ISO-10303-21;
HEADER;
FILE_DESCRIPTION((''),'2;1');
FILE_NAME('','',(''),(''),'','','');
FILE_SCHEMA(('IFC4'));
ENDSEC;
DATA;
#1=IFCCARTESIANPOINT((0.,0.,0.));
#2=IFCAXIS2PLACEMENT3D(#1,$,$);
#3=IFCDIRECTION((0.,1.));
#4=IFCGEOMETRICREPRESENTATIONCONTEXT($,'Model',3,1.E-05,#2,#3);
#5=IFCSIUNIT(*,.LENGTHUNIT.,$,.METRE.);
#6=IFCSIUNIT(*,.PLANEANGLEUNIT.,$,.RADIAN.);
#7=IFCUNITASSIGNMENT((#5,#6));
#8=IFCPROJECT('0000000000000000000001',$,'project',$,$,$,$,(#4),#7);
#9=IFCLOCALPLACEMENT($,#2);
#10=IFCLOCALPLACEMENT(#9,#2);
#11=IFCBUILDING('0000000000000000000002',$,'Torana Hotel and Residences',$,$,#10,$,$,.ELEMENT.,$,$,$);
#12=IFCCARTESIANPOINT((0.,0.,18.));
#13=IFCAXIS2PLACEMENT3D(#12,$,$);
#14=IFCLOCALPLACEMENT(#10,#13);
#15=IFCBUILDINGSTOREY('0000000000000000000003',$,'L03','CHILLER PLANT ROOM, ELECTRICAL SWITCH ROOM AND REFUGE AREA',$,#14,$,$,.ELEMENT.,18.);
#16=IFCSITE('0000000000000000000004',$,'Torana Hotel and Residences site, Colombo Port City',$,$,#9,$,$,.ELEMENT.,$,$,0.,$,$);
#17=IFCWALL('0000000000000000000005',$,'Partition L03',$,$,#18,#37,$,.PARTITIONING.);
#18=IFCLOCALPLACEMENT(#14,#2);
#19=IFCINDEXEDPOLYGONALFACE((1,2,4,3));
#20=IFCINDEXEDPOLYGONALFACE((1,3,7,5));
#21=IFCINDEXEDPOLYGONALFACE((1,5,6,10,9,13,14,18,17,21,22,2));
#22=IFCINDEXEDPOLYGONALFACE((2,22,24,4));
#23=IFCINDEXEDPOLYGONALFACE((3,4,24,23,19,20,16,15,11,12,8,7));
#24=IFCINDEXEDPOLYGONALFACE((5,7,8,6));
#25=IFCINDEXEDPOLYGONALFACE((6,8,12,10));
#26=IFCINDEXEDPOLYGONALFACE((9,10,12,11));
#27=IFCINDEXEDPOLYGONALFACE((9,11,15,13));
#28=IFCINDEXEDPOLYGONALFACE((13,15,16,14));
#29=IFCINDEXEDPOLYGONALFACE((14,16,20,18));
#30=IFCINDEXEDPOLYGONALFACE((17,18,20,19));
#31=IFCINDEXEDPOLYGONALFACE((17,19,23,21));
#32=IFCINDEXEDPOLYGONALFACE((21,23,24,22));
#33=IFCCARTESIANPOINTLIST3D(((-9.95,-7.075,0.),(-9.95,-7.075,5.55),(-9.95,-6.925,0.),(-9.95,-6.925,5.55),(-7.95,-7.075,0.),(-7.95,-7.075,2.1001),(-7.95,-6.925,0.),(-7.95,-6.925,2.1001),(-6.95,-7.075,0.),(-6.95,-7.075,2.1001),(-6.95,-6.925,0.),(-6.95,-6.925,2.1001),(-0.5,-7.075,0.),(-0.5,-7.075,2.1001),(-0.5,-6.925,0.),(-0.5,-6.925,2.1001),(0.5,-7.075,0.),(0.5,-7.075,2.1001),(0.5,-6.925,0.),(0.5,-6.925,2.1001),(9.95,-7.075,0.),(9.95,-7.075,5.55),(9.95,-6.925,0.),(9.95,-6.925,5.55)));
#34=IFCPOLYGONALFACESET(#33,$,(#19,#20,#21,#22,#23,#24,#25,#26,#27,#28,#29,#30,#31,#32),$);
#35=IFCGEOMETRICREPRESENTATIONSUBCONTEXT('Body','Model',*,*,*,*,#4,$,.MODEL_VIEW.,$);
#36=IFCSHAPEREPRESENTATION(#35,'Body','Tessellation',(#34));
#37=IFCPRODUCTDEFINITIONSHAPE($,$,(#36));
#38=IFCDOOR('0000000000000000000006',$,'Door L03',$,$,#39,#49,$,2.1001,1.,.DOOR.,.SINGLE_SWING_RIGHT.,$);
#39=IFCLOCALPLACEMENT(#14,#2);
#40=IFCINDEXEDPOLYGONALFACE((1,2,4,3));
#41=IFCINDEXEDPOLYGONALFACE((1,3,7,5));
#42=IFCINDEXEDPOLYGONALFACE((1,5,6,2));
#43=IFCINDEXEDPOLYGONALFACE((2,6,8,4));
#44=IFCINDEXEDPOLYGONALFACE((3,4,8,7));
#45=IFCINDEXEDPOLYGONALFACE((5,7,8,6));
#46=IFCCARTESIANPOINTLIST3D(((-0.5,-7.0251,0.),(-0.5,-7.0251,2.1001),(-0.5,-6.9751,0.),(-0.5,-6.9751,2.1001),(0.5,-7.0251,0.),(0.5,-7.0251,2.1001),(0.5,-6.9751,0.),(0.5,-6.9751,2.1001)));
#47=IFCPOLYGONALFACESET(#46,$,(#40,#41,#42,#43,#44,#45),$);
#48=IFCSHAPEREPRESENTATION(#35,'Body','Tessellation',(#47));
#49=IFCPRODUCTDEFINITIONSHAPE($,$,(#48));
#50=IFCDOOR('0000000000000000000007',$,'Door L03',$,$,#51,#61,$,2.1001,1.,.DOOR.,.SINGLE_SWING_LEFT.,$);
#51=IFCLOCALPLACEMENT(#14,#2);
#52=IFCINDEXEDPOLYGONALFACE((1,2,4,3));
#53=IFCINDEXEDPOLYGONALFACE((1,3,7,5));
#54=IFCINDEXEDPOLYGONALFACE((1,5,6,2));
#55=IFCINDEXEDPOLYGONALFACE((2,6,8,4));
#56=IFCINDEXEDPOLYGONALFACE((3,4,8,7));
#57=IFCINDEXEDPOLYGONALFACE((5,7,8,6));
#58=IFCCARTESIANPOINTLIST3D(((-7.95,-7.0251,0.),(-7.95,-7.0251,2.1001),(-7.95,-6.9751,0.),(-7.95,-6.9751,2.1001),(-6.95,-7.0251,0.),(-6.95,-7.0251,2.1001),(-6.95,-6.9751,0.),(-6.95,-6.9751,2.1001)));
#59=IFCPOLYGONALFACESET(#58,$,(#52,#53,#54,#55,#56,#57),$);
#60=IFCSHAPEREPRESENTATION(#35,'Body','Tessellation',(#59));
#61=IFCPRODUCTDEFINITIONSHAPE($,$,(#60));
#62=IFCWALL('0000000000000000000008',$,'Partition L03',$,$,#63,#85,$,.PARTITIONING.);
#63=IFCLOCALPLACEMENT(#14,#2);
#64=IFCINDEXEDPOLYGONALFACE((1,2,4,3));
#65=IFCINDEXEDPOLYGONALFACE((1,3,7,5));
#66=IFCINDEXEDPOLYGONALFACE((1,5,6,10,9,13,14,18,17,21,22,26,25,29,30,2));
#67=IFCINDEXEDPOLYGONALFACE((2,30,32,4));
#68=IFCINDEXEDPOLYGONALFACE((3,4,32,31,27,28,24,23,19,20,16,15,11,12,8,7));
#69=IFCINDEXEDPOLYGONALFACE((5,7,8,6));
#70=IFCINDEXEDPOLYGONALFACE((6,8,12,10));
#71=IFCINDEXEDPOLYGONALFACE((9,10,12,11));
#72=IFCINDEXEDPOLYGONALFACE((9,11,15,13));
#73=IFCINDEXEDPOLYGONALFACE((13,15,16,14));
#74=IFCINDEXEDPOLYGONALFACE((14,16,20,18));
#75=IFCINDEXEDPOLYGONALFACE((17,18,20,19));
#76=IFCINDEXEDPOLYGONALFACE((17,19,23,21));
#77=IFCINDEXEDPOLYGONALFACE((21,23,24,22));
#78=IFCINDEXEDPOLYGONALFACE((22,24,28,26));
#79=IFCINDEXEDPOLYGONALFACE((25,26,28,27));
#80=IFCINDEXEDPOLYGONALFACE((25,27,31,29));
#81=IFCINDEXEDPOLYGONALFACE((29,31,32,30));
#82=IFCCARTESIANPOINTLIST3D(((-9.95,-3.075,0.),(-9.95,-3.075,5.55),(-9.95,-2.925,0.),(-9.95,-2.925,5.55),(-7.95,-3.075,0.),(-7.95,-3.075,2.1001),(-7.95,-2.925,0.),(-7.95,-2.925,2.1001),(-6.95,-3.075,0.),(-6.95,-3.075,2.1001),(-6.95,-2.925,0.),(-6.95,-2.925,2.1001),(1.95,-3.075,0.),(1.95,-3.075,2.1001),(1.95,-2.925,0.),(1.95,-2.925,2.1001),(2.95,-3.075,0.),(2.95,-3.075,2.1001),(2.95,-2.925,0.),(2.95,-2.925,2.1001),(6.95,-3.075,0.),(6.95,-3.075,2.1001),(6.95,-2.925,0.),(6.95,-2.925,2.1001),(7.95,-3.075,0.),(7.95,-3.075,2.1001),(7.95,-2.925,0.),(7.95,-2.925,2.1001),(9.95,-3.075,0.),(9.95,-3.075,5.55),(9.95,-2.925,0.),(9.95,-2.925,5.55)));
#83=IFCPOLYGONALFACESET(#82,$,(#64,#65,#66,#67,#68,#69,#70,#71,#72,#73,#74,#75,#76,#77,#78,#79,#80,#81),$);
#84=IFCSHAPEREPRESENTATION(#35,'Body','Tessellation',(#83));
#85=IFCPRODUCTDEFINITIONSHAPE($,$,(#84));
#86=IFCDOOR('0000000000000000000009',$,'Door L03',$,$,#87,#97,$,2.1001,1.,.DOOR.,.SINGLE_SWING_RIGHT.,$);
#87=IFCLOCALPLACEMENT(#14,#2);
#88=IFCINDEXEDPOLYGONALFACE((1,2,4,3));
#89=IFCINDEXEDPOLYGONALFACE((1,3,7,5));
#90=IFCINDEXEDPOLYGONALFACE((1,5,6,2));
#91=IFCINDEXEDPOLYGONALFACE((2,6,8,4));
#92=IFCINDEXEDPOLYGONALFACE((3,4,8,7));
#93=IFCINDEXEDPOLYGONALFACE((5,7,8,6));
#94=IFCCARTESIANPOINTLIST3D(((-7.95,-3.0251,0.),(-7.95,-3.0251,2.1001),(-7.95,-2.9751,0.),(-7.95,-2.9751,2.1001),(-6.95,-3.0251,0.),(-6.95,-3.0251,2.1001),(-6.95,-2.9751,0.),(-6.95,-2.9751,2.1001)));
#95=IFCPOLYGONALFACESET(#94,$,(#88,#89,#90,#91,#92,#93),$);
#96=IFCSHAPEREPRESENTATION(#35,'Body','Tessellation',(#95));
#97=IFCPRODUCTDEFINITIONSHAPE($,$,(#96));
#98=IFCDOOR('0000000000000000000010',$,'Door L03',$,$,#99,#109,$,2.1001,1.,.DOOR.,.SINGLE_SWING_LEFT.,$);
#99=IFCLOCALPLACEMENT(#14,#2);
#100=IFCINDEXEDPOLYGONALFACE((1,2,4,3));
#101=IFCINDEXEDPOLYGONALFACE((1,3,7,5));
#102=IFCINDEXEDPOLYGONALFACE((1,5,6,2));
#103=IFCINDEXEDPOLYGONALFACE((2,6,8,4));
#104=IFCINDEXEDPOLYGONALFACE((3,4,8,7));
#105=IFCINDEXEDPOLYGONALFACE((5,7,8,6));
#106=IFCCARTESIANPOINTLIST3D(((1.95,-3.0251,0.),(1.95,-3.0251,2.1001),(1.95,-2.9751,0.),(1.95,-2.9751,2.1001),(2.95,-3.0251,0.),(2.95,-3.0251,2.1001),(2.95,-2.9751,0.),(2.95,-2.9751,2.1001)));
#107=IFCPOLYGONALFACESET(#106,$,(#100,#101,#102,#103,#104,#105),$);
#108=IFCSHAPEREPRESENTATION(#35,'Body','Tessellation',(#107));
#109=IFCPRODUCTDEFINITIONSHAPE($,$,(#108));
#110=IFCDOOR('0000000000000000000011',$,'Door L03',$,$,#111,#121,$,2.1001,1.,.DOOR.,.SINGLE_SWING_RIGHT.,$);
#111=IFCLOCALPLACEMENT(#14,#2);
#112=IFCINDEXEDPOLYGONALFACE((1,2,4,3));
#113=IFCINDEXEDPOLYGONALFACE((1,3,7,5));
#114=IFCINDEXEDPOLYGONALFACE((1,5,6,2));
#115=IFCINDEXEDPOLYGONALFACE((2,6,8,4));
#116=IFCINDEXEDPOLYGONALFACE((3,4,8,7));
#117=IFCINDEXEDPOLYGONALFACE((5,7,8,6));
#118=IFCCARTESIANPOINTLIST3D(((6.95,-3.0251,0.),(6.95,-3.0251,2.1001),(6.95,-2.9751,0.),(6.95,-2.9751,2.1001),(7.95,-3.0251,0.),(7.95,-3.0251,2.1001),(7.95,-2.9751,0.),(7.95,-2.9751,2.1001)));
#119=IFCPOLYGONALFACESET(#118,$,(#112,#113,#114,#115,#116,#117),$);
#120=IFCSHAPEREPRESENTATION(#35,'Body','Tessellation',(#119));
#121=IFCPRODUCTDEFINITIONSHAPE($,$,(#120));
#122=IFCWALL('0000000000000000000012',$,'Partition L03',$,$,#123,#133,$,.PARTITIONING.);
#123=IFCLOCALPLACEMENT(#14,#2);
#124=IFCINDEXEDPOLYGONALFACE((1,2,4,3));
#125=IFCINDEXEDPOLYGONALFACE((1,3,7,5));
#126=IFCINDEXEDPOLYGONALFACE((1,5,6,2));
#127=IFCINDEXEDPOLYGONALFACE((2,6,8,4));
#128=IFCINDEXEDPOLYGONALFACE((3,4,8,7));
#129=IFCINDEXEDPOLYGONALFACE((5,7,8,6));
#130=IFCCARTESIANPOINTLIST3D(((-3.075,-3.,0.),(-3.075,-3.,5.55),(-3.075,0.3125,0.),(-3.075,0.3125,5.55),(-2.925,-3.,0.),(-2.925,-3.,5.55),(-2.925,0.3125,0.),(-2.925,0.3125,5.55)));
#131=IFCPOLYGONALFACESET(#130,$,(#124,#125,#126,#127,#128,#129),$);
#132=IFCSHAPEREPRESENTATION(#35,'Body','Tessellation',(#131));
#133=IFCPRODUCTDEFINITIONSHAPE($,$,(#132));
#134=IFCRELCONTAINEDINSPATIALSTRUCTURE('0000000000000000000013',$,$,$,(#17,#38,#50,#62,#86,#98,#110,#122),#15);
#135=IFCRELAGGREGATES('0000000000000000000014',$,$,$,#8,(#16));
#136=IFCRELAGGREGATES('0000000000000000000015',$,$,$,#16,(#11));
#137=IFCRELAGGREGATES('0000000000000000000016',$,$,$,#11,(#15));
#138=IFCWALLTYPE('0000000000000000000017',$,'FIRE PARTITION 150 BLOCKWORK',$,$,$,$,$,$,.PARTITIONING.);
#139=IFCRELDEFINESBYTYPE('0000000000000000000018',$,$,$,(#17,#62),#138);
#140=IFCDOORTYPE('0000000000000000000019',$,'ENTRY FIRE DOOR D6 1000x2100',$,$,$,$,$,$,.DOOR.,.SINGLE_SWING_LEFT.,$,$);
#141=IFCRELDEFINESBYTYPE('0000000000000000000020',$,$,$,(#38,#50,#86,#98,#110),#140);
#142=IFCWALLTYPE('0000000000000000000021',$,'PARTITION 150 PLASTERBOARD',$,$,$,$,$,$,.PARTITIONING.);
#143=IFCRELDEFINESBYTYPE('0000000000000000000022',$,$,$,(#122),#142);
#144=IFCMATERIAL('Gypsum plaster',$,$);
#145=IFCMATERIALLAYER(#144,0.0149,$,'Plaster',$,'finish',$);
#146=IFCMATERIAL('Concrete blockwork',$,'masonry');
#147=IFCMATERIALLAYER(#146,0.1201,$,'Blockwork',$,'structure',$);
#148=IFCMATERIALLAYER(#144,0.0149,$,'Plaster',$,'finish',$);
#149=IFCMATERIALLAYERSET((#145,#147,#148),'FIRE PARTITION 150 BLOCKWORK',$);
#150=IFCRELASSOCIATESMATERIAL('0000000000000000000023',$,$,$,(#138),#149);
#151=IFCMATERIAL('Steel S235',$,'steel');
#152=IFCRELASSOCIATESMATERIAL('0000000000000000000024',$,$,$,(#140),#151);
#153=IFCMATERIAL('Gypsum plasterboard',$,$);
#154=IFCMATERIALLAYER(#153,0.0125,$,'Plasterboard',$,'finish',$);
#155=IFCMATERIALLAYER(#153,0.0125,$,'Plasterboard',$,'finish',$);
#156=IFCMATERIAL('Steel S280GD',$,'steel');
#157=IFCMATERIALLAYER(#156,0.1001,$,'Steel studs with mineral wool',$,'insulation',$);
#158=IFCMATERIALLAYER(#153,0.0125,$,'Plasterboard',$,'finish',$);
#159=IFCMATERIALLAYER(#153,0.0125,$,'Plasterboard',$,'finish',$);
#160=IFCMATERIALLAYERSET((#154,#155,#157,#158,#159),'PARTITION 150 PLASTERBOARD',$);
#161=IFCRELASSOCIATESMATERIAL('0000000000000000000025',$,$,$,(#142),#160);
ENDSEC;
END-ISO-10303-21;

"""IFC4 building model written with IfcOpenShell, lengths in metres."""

from ifc_helpers import new_model, si_unit, direction, frame, frame_2d, origin, place, context, subcontext, project, spatial, rectangle, extrude, material, layer, layer_set, type_object, element, fill, save


model = new_model("IFC4")

# Units and contexts
model_context = context("Model", 3, precision=1e-05, world=origin(), true_north=direction((0.0, 1.0)))
body_context = subcontext(model_context, "Body", "Model", "MODEL_VIEW")
ifc_project = project(units=[si_unit("LENGTHUNIT", "METRE"), si_unit("PLANEANGLEUNIT", "RADIAN")], contexts=[model_context])

# Site, building, storey
site_placement = place(None, origin())
site = spatial("IfcSite", under=ifc_project, at=site_placement, Name="Torana Hotel and Residences site, Colombo Port City", CompositionType="ELEMENT", RefElevation=0.0)
building_placement = place(site_placement, origin())
building = spatial("IfcBuilding", under=site, at=building_placement, Name="Torana Hotel and Residences", CompositionType="ELEMENT")
storey_placement = place(building_placement, frame((0.0, 0.0, 18.0)))
storey = spatial("IfcBuildingStorey", under=building, at=storey_placement, Name="L03", Description="CHILLER PLANT ROOM, ELECTRICAL SWITCH ROOM AND REFUGE AREA", CompositionType="ELEMENT", Elevation=18.0)

# Walls, openings, doors
ifc_material_1 = material(Name="Gypsum plaster")
ifc_layer_1 = layer(ifc_material_1, 0.0149, Name="Plaster", Category="finish")
ifc_material_2 = material(Name="Concrete blockwork", Category="masonry")
ifc_layer_2 = layer(ifc_material_2, 0.1201, Name="Blockwork", Category="structure")
ifc_layer_3 = layer(ifc_material_1, 0.0149, Name="Plaster", Category="finish")
ifc_layer_set_1 = layer_set([ifc_layer_1, ifc_layer_2, ifc_layer_3], Name="FIRE PARTITION 150 BLOCKWORK")
wall_type_1 = type_object("IfcWallType", Name="FIRE PARTITION 150 BLOCKWORK", PredefinedType="PARTITIONING", material=ifc_layer_set_1)
wall_1_placement = place(storey_placement, frame((-9.95, -7.0, 0.0), z_axis=(0.0, 0.0, 1.0), x_axis=(1.0, 0.0, 0.0)))
wall_1 = element("IfcWall", 1, at=wall_1_placement, inside=storey, type_object=wall_type_1, Name="Partition L03", PredefinedType="PARTITIONING", context=body_context, shape_type="SweptSolid", body=[
    extrude(rectangle(XDim=19.8999, YDim=0.1499, at=frame_2d((9.95, 0.0))), origin(), (0.0, 0.0, 1.0), 5.55),
])
opening_1_placement = place(wall_1_placement, frame((9.45, 0.0, 0.0)))
opening_1 = element("IfcOpeningElement", 2, at=opening_1_placement, cuts=wall_1, PredefinedType="OPENING", context=body_context, shape_type="SweptSolid", body=[
    extrude(rectangle(XDim=1.0, YDim=2.1001, at=frame_2d((0.5, 1.05))), frame((0.0, 0.085, 0.0), z_axis=(0.0, -1.0, 0.0), x_axis=(1.0, 0.0, 0.0)), (0.0, 0.0, 1.0), 0.1699),
])
opening_2_placement = place(wall_1_placement, frame((2.0, 0.0, 0.0)))
opening_2 = element("IfcOpeningElement", 3, at=opening_2_placement, cuts=wall_1, PredefinedType="OPENING", context=body_context, shape_type="SweptSolid", body=[
    extrude(rectangle(XDim=1.0, YDim=2.1001, at=frame_2d((0.5, 1.05))), frame((0.0, 0.085, 0.0), z_axis=(0.0, -1.0, 0.0), x_axis=(1.0, 0.0, 0.0)), (0.0, 0.0, 1.0), 0.1699),
])
ifc_material_3 = material(Name="Steel S235", Category="steel")
door_type = type_object("IfcDoorType", Name="ENTRY FIRE DOOR D6 1000x2100", OperationType="SINGLE_SWING_LEFT", PredefinedType="DOOR", material=ifc_material_3)
door_1_placement = place(opening_1_placement, origin())
door_1 = element("IfcDoor", 4, at=door_1_placement, inside=storey, type_object=door_type, Name="Door L03", OperationType="SINGLE_SWING_RIGHT", OverallHeight=2.1001, OverallWidth=1.0, PredefinedType="DOOR", context=body_context, shape_type="SweptSolid", body=[
    extrude(rectangle(XDim=1.0, YDim=2.1001, at=frame_2d((0.5, 1.05))), frame((0.0, 0.0249, 0.0), z_axis=(0.0, -1.0, 0.0), x_axis=(1.0, 0.0, 0.0)), (0.0, 0.0, 1.0), 0.05),
])
fill(opening_1, door_1)
door_2_placement = place(opening_2_placement, frame((0.5, 0.0, 0.0), z_axis=(0.0, 0.0, 1.0), x_axis=(-1.0, 0.0, 0.0)))
door_2 = element("IfcDoor", 5, at=door_2_placement, inside=storey, type_object=door_type, Name="Door L03", OperationType="SINGLE_SWING_LEFT", OverallHeight=2.1001, OverallWidth=1.0, PredefinedType="DOOR", context=body_context, shape_type="SweptSolid", body=[
    extrude(rectangle(XDim=1.0, YDim=2.1001, at=frame_2d((0.0, 1.05))), frame((0.0, -0.0249, 0.0), z_axis=(0.0, 1.0, 0.0), x_axis=(-1.0, 0.0, 0.0)), (0.0, 0.0, 1.0), 0.05),
])
fill(opening_2, door_2)
wall_2_placement = place(storey_placement, frame((-9.95, -3.0, 0.0), z_axis=(0.0, 0.0, 1.0), x_axis=(1.0, 0.0, 0.0)))
wall_2 = element("IfcWall", 6, at=wall_2_placement, inside=storey, type_object=wall_type_1, Name="Partition L03", PredefinedType="PARTITIONING", context=body_context, shape_type="SweptSolid", body=[
    extrude(rectangle(XDim=19.8999, YDim=0.1499, at=frame_2d((9.95, 0.0))), origin(), (0.0, 0.0, 1.0), 5.55),
])
opening_3_placement = place(wall_2_placement, frame((2.0, 0.0, 0.0)))
opening_3 = element("IfcOpeningElement", 7, at=opening_3_placement, cuts=wall_2, PredefinedType="OPENING", context=body_context, shape_type="SweptSolid", body=[
    extrude(rectangle(XDim=1.0, YDim=2.1001, at=frame_2d((0.5, 1.05))), frame((0.0, 0.085, 0.0), z_axis=(0.0, -1.0, 0.0), x_axis=(1.0, 0.0, 0.0)), (0.0, 0.0, 1.0), 0.1699),
])
opening_4_placement = place(wall_2_placement, frame((11.8999, 0.0, 0.0)))
opening_4 = element("IfcOpeningElement", 8, at=opening_4_placement, cuts=wall_2, PredefinedType="OPENING", context=body_context, shape_type="SweptSolid", body=[
    extrude(rectangle(XDim=1.0, YDim=2.1001, at=frame_2d((0.5, 1.05))), frame((0.0, 0.085, 0.0), z_axis=(0.0, -1.0, 0.0), x_axis=(1.0, 0.0, 0.0)), (0.0, 0.0, 1.0), 0.1699),
])
opening_5_placement = place(wall_2_placement, frame((16.8999, 0.0, 0.0)))
opening_5 = element("IfcOpeningElement", 9, at=opening_5_placement, cuts=wall_2, PredefinedType="OPENING", context=body_context, shape_type="SweptSolid", body=[
    extrude(rectangle(XDim=1.0, YDim=2.1001, at=frame_2d((0.5, 1.05))), frame((0.0, 0.085, 0.0), z_axis=(0.0, -1.0, 0.0), x_axis=(1.0, 0.0, 0.0)), (0.0, 0.0, 1.0), 0.1699),
])
door_3_placement = place(opening_3_placement, origin())
door_3 = element("IfcDoor", 10, at=door_3_placement, inside=storey, type_object=door_type, Name="Door L03", OperationType="SINGLE_SWING_RIGHT", OverallHeight=2.1001, OverallWidth=1.0, PredefinedType="DOOR", context=body_context, shape_type="SweptSolid", body=[
    extrude(rectangle(XDim=1.0, YDim=2.1001, at=frame_2d((0.5, 1.05))), frame((0.0, 0.0249, 0.0), z_axis=(0.0, -1.0, 0.0), x_axis=(1.0, 0.0, 0.0)), (0.0, 0.0, 1.0), 0.05),
])
fill(opening_3, door_3)
door_4_placement = place(opening_4_placement, origin())
door_4 = element("IfcDoor", 11, at=door_4_placement, inside=storey, type_object=door_type, Name="Door L03", OperationType="SINGLE_SWING_LEFT", OverallHeight=2.1001, OverallWidth=1.0, PredefinedType="DOOR", context=body_context, shape_type="SweptSolid", body=[
    extrude(rectangle(XDim=1.0, YDim=2.1001, at=frame_2d((0.5, 1.05))), frame((0.0, 0.0249, 0.0), z_axis=(0.0, -1.0, 0.0), x_axis=(1.0, 0.0, 0.0)), (0.0, 0.0, 1.0), 0.05),
])
fill(opening_4, door_4)
door_5_placement = place(opening_5_placement, origin())
door_5 = element("IfcDoor", 12, at=door_5_placement, inside=storey, type_object=door_type, Name="Door L03", OperationType="SINGLE_SWING_RIGHT", OverallHeight=2.1001, OverallWidth=1.0, PredefinedType="DOOR", context=body_context, shape_type="SweptSolid", body=[
    extrude(rectangle(XDim=1.0, YDim=2.1001, at=frame_2d((0.5, 1.05))), frame((0.0, 0.0249, 0.0), z_axis=(0.0, -1.0, 0.0), x_axis=(1.0, 0.0, 0.0)), (0.0, 0.0, 1.0), 0.05),
])
fill(opening_5, door_5)

# Wall
ifc_material_4 = material(Name="Gypsum plasterboard")
ifc_layer_4 = layer(ifc_material_4, 0.0125, Name="Plasterboard", Category="finish")
ifc_layer_5 = layer(ifc_material_4, 0.0125, Name="Plasterboard", Category="finish")
ifc_material_5 = material(Name="Steel S280GD", Category="steel")
ifc_layer_6 = layer(ifc_material_5, 0.1001, Name="Steel studs with mineral wool", Category="insulation")
ifc_layer_7 = layer(ifc_material_4, 0.0125, Name="Plasterboard", Category="finish")
ifc_layer_8 = layer(ifc_material_4, 0.0125, Name="Plasterboard", Category="finish")
ifc_layer_set_2 = layer_set([ifc_layer_4, ifc_layer_5, ifc_layer_6, ifc_layer_7, ifc_layer_8], Name="PARTITION 150 PLASTERBOARD")
wall_type_2 = type_object("IfcWallType", Name="PARTITION 150 PLASTERBOARD", PredefinedType="PARTITIONING", material=ifc_layer_set_2)
wall_3_placement = place(storey_placement, frame((-3.0, -3.0, 0.0), z_axis=(0.0, 0.0, 1.0), x_axis=(0.0, 1.0, 0.0)))
element("IfcWall", 13, at=wall_3_placement, inside=storey, type_object=wall_type_2, Name="Partition L03", PredefinedType="PARTITIONING", context=body_context, shape_type="SweptSolid", body=[
    extrude(rectangle(XDim=3.3125, YDim=0.1499, at=frame_2d((1.6562, 0.0))), origin(), (0.0, 0.0, 1.0), 5.55),
])

save(model, "model.ifc")
